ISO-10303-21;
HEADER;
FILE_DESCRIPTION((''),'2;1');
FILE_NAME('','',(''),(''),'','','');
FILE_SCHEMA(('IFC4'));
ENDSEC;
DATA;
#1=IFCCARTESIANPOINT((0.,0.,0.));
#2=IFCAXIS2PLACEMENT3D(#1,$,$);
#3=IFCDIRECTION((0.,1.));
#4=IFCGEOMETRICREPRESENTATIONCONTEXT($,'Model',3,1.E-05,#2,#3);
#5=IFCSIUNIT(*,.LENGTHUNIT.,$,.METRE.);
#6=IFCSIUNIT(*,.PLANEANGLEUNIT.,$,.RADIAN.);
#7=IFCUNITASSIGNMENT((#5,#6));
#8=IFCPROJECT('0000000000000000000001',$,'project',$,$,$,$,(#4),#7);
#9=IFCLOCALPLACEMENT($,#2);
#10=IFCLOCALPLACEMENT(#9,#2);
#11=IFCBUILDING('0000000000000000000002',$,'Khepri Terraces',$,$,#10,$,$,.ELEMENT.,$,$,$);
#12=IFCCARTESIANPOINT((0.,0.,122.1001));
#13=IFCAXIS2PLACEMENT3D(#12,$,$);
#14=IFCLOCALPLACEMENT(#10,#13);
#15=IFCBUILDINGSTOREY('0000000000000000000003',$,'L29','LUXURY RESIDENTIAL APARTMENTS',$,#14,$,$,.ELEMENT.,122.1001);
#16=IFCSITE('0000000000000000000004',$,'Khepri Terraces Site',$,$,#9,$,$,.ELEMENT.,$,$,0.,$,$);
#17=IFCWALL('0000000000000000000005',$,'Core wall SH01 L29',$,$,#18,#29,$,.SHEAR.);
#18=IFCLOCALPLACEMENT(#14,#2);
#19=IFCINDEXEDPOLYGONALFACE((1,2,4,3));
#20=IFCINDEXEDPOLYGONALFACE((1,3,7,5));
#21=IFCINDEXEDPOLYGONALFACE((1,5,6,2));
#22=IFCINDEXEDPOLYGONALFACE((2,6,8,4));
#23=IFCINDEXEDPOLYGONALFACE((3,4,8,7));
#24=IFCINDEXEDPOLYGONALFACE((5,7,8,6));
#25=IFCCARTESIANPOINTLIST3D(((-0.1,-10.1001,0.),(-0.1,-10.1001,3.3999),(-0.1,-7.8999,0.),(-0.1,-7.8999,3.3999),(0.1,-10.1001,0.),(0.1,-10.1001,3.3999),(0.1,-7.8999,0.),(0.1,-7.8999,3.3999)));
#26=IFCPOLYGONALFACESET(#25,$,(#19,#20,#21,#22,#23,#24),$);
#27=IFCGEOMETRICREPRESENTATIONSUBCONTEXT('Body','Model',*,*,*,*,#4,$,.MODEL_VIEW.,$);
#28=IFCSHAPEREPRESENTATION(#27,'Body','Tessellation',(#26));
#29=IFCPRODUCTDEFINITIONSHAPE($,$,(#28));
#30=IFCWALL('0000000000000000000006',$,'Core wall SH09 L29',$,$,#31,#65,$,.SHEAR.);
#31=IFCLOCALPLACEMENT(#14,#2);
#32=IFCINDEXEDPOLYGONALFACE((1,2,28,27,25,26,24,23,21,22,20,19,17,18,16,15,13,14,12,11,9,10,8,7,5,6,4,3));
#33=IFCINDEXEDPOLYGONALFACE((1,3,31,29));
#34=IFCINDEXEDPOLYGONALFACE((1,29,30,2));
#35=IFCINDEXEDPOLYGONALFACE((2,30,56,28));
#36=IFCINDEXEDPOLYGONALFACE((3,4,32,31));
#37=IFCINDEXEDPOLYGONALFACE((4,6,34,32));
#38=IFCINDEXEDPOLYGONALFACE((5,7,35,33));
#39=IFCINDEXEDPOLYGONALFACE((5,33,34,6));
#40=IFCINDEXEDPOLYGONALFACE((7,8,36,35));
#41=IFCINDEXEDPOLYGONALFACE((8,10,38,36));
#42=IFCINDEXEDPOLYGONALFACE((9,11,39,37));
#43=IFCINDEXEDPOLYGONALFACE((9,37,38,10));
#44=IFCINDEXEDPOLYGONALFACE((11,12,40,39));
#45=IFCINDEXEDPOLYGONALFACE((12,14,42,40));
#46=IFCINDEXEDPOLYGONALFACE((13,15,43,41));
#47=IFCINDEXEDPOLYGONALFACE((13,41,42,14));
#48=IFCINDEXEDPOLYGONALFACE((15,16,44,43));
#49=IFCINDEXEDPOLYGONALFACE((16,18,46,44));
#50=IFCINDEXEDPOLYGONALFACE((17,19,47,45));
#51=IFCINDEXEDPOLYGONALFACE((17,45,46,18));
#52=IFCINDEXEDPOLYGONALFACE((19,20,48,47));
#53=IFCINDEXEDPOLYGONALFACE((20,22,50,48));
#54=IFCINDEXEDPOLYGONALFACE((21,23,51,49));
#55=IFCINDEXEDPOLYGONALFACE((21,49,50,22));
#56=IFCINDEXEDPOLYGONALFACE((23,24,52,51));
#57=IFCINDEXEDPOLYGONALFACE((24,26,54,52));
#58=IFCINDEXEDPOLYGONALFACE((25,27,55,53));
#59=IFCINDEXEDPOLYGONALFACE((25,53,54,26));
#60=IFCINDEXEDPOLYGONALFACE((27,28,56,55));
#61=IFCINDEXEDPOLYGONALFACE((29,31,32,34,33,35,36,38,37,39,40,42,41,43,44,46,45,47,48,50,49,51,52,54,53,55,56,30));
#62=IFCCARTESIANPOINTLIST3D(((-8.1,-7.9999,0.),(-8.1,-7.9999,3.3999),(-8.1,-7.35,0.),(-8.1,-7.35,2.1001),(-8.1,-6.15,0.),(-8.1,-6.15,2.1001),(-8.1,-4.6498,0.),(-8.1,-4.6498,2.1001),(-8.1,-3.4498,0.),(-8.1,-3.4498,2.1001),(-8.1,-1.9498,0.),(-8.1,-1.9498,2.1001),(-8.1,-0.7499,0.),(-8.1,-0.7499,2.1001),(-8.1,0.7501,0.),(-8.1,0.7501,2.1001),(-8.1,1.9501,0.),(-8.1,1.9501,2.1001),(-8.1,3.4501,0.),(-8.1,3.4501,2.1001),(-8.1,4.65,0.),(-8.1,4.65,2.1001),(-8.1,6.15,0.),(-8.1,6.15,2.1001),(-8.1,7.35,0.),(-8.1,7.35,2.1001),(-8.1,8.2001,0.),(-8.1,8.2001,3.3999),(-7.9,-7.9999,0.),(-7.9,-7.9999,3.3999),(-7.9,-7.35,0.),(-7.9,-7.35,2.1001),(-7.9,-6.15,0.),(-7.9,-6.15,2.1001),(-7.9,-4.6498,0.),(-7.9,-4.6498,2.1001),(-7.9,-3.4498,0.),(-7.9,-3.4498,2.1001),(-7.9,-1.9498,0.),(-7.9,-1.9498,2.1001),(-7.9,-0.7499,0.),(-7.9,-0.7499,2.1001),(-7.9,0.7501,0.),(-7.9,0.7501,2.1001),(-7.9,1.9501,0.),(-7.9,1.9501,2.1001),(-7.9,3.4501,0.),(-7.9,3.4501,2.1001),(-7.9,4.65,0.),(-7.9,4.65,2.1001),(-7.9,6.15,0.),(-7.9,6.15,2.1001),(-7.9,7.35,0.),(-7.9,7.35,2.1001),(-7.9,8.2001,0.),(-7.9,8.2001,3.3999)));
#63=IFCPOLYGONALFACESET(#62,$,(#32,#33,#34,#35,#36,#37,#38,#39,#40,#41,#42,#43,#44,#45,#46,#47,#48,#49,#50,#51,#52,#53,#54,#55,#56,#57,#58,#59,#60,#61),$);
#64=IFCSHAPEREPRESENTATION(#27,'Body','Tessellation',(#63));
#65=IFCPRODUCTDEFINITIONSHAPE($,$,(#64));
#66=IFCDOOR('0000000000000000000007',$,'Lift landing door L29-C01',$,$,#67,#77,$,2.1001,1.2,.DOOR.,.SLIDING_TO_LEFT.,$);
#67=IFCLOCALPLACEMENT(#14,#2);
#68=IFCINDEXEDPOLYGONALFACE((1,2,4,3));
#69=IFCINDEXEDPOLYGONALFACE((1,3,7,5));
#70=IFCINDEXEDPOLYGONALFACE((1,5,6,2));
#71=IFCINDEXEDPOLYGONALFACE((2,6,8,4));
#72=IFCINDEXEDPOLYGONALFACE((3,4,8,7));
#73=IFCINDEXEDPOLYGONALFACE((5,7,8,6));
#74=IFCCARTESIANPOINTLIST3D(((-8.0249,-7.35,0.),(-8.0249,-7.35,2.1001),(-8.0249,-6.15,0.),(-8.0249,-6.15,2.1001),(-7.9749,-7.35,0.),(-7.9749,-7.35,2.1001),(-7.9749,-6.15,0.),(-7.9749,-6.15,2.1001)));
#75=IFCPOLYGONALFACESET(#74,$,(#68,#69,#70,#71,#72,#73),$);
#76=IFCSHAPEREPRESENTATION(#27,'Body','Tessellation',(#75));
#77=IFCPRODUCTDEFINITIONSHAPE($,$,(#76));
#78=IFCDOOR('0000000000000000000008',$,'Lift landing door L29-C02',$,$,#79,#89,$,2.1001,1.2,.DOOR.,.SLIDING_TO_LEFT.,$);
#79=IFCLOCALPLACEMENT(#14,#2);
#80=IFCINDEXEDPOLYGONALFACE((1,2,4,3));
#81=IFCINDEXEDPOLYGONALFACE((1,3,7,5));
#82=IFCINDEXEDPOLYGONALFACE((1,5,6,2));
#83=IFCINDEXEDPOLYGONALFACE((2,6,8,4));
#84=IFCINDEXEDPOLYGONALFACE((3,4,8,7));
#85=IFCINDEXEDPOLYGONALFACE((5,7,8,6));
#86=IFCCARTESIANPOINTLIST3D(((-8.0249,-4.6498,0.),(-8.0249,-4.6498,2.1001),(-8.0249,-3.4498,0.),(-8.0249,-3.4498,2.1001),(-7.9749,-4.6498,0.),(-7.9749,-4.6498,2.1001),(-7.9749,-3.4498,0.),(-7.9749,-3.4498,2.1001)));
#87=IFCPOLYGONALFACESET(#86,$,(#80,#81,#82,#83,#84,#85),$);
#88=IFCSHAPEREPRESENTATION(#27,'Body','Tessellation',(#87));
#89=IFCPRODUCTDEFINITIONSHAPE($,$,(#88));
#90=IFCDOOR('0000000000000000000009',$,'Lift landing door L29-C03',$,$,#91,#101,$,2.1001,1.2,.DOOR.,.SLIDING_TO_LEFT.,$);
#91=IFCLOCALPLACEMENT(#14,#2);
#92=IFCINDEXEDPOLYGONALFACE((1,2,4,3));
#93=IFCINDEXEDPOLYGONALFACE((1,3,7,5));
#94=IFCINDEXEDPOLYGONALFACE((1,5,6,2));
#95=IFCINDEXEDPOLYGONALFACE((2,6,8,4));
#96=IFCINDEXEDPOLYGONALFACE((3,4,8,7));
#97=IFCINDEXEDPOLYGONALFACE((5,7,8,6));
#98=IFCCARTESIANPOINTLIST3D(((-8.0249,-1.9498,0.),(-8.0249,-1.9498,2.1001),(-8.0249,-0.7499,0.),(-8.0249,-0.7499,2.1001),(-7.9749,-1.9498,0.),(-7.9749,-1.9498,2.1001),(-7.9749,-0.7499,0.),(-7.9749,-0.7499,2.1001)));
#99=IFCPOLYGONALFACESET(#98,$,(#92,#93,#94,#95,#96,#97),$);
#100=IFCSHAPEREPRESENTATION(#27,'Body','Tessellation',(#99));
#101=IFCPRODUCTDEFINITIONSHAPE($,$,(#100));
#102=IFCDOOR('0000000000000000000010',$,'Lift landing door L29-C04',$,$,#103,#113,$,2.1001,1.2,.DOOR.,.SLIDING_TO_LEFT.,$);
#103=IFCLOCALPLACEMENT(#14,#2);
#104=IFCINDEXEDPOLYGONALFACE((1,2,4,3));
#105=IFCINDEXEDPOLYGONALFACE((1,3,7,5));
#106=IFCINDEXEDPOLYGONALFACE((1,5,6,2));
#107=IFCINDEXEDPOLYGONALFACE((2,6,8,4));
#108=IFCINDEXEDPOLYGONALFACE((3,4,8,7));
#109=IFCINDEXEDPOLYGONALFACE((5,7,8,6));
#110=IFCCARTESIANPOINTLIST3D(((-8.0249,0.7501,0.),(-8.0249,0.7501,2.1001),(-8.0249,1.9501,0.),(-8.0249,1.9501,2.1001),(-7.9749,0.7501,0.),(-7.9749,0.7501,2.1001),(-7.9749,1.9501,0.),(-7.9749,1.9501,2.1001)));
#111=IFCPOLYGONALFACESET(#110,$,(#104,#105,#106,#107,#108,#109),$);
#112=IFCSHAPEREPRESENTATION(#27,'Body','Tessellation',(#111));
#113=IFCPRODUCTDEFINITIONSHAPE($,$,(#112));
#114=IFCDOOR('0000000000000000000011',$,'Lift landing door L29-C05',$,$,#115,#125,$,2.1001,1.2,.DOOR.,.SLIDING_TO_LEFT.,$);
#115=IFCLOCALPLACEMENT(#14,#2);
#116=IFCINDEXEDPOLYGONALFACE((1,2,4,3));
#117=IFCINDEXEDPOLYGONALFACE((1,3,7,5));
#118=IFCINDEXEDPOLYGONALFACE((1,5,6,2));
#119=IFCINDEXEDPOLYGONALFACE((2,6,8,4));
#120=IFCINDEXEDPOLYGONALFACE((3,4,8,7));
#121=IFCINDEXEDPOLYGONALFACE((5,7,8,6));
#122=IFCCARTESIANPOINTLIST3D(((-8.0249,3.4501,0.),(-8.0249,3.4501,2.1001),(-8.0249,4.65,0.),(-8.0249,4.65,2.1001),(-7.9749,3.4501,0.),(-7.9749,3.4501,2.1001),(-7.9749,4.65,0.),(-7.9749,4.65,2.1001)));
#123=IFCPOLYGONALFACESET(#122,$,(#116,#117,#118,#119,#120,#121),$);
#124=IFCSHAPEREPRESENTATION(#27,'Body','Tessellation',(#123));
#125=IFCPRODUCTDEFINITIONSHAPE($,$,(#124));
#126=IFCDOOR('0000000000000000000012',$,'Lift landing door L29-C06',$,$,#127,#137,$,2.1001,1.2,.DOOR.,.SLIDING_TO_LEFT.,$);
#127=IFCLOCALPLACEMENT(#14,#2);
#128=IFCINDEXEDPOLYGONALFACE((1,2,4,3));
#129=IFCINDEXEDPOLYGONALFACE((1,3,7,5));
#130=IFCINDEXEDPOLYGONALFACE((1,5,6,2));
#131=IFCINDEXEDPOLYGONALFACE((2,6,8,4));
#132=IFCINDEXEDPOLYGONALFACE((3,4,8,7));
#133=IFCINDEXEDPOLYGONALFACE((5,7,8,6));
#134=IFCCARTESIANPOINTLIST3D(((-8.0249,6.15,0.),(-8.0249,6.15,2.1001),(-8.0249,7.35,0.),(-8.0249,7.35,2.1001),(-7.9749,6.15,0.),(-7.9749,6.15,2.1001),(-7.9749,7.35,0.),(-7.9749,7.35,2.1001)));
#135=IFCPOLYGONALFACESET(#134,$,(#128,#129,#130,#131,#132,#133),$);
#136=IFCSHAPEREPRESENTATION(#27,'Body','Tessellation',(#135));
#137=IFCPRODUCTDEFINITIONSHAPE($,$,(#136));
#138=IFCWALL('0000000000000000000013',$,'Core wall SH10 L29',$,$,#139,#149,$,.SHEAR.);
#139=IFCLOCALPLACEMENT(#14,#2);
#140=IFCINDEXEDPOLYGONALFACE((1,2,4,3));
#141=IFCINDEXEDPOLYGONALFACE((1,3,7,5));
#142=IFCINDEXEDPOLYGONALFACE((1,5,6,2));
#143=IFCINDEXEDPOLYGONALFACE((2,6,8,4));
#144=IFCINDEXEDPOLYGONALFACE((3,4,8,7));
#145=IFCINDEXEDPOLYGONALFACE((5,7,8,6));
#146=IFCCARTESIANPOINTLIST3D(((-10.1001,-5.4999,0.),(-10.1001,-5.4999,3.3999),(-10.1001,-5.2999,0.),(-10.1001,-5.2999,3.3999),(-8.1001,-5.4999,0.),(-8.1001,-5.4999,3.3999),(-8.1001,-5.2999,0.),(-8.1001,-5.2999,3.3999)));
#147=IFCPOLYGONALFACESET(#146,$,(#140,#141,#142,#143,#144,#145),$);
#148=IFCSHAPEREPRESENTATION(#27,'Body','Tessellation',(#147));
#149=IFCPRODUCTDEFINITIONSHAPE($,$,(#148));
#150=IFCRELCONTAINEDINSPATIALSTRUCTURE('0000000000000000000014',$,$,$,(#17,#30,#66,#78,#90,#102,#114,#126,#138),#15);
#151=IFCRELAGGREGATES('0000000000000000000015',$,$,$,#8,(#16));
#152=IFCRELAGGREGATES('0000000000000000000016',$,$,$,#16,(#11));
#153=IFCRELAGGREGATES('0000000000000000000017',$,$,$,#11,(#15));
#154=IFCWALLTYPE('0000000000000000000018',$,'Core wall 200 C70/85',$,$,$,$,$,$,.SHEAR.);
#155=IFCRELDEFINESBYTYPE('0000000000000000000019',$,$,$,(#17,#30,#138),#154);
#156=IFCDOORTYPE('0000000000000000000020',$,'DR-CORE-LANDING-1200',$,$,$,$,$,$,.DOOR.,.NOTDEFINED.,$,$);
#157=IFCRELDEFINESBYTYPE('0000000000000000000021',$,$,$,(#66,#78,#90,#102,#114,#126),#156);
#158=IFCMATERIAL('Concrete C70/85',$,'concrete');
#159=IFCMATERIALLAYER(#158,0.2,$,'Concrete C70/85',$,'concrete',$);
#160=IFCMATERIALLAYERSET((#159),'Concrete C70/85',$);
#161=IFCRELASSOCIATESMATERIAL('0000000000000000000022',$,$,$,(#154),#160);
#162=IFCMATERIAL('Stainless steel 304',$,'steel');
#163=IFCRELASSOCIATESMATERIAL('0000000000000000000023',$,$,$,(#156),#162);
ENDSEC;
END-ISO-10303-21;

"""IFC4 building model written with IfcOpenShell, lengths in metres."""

from ifc_helpers import new_model, si_unit, direction, frame, frame_2d, origin, place, context, subcontext, project, spatial, rectangle, extrude, material, layer, layer_set, type_object, element, fill, save


model = new_model("IFC4")

# Units and contexts
model_context = context("Model", 3, precision=1e-05, world=origin(), true_north=direction((0.0, 1.0)))
body_context = subcontext(model_context, "Body", "Model", "MODEL_VIEW")
ifc_project = project(units=[si_unit("LENGTHUNIT", "METRE"), si_unit("PLANEANGLEUNIT", "RADIAN")], contexts=[model_context])

# Site, building, storey
site_placement = place(None, origin())
site = spatial("IfcSite", under=ifc_project, at=site_placement, Name="Khepri Terraces Site", CompositionType="ELEMENT", RefElevation=0.0)
building_placement = place(site_placement, origin())
building = spatial("IfcBuilding", under=site, at=building_placement, Name="Khepri Terraces", CompositionType="ELEMENT")
storey_placement = place(building_placement, frame((0.0, 0.0, 122.1001)))
storey = spatial("IfcBuildingStorey", under=building, at=storey_placement, Name="L29", Description="LUXURY RESIDENTIAL APARTMENTS", CompositionType="ELEMENT", Elevation=122.1001)

# Wall
ifc_material_1 = material(Name="Concrete C70/85", Category="concrete")
ifc_layer_1 = layer(ifc_material_1, 0.2, Name="Concrete C70/85", Category="concrete")
ifc_layer_set_1 = layer_set([ifc_layer_1], Name="Concrete C70/85")
wall_type_1 = type_object("IfcWallType", Name="Core wall 200 C70/85", PredefinedType="SHEAR", material=ifc_layer_set_1)
wall_1_placement = place(storey_placement, frame((0.0, -10.1001, 0.0), z_axis=(0.0, 0.0, 1.0), x_axis=(0.0, 1.0, 0.0)))
element("IfcWall", 1, at=wall_1_placement, inside=storey, type_object=wall_type_1, Name="Core wall SH01 L29", PredefinedType="SHEAR", context=body_context, shape_type="SweptSolid", body=[
    extrude(rectangle(XDim=2.2002, YDim=0.2, at=frame_2d((1.1001, 0.0))), origin(), (0.0, 0.0, 1.0), 3.3999),
])

# Wall, openings, doors
wall_2_placement = place(storey_placement, frame((-8.0, -8.0, 0.0), z_axis=(0.0, 0.0, 1.0), x_axis=(0.0, 1.0, 0.0)))
wall_2 = element("IfcWall", 2, at=wall_2_placement, inside=storey, type_object=wall_type_1, Name="Core wall SH09 L29", PredefinedType="SHEAR", context=body_context, shape_type="SweptSolid", body=[
    extrude(rectangle(XDim=16.2, YDim=0.2, at=frame_2d((8.1001, 0.0))), origin(), (0.0, 0.0, 1.0), 3.3999),
])
opening_1_placement = place(wall_2_placement, frame((0.6499, 0.0, 0.0)))
opening_1 = element("IfcOpeningElement", 3, at=opening_1_placement, cuts=wall_2, PredefinedType="OPENING", context=body_context, shape_type="SweptSolid", body=[
    extrude(rectangle(XDim=1.2, YDim=2.1001, at=frame_2d((0.6001, 1.05))), frame((0.0, 0.1099, 0.0), z_axis=(0.0, -1.0, 0.0), x_axis=(1.0, 0.0, 0.0)), (0.0, 0.0, 1.0), 0.22),
])
opening_2_placement = place(wall_2_placement, frame((3.3501, 0.0, 0.0)))
opening_2 = element("IfcOpeningElement", 4, at=opening_2_placement, cuts=wall_2, PredefinedType="OPENING", context=body_context, shape_type="SweptSolid", body=[
    extrude(rectangle(XDim=1.2, YDim=2.1001, at=frame_2d((0.6001, 1.05))), frame((0.0, 0.1099, 0.0), z_axis=(0.0, -1.0, 0.0), x_axis=(1.0, 0.0, 0.0)), (0.0, 0.0, 1.0), 0.22),
])
opening_3_placement = place(wall_2_placement, frame((6.05, 0.0, 0.0)))
opening_3 = element("IfcOpeningElement", 5, at=opening_3_placement, cuts=wall_2, PredefinedType="OPENING", context=body_context, shape_type="SweptSolid", body=[
    extrude(rectangle(XDim=1.2, YDim=2.1001, at=frame_2d((0.6001, 1.05))), frame((0.0, 0.1099, 0.0), z_axis=(0.0, -1.0, 0.0), x_axis=(1.0, 0.0, 0.0)), (0.0, 0.0, 1.0), 0.22),
])
opening_4_placement = place(wall_2_placement, frame((8.75, 0.0, 0.0)))
opening_4 = element("IfcOpeningElement", 6, at=opening_4_placement, cuts=wall_2, PredefinedType="OPENING", context=body_context, shape_type="SweptSolid", body=[
    extrude(rectangle(XDim=1.2, YDim=2.1001, at=frame_2d((0.6001, 1.05))), frame((0.0, 0.1099, 0.0), z_axis=(0.0, -1.0, 0.0), x_axis=(1.0, 0.0, 0.0)), (0.0, 0.0, 1.0), 0.22),
])
opening_5_placement = place(wall_2_placement, frame((11.45, 0.0, 0.0)))
opening_5 = element("IfcOpeningElement", 7, at=opening_5_placement, cuts=wall_2, PredefinedType="OPENING", context=body_context, shape_type="SweptSolid", body=[
    extrude(rectangle(XDim=1.2, YDim=2.1001, at=frame_2d((0.6001, 1.05))), frame((0.0, 0.1099, 0.0), z_axis=(0.0, -1.0, 0.0), x_axis=(1.0, 0.0, 0.0)), (0.0, 0.0, 1.0), 0.22),
])
opening_6_placement = place(wall_2_placement, frame((14.1499, 0.0, 0.0)))
opening_6 = element("IfcOpeningElement", 8, at=opening_6_placement, cuts=wall_2, PredefinedType="OPENING", context=body_context, shape_type="SweptSolid", body=[
    extrude(rectangle(XDim=1.2, YDim=2.1001, at=frame_2d((0.6001, 1.05))), frame((0.0, 0.1099, 0.0), z_axis=(0.0, -1.0, 0.0), x_axis=(1.0, 0.0, 0.0)), (0.0, 0.0, 1.0), 0.22),
])
ifc_material_2 = material(Name="Stainless steel 304", Category="steel")
door_type_1 = type_object("IfcDoorType", Name="DR-CORE-LANDING-1200", OperationType="NOTDEFINED", PredefinedType="DOOR", material=ifc_material_2)
door_1_placement = place(opening_1_placement, origin())
door_1 = element("IfcDoor", 9, at=door_1_placement, inside=storey, type_object=door_type_1, Name="Lift landing door L29-C01", OperationType="SLIDING_TO_LEFT", OverallHeight=2.1001, OverallWidth=1.2, PredefinedType="DOOR", context=body_context, shape_type="SweptSolid", body=[
    extrude(rectangle(XDim=1.2, YDim=2.1001, at=frame_2d((0.6001, 1.05))), frame((0.0, 0.0249, 0.0), z_axis=(0.0, -1.0, 0.0), x_axis=(1.0, 0.0, 0.0)), (0.0, 0.0, 1.0), 0.05),
])
fill(opening_1, door_1)
door_2_placement = place(opening_2_placement, origin())
door_2 = element("IfcDoor", 10, at=door_2_placement, inside=storey, type_object=door_type_1, Name="Lift landing door L29-C02", OperationType="SLIDING_TO_LEFT", OverallHeight=2.1001, OverallWidth=1.2, PredefinedType="DOOR", context=body_context, shape_type="SweptSolid", body=[
    extrude(rectangle(XDim=1.2, YDim=2.1001, at=frame_2d((0.6001, 1.05))), frame((0.0, 0.0249, 0.0), z_axis=(0.0, -1.0, 0.0), x_axis=(1.0, 0.0, 0.0)), (0.0, 0.0, 1.0), 0.05),
])
fill(opening_2, door_2)
door_3_placement = place(opening_3_placement, origin())
door_3 = element("IfcDoor", 11, at=door_3_placement, inside=storey, type_object=door_type_1, Name="Lift landing door L29-C03", OperationType="SLIDING_TO_LEFT", OverallHeight=2.1001, OverallWidth=1.2, PredefinedType="DOOR", context=body_context, shape_type="SweptSolid", body=[
    extrude(rectangle(XDim=1.2, YDim=2.1001, at=frame_2d((0.6001, 1.05))), frame((0.0, 0.0249, 0.0), z_axis=(0.0, -1.0, 0.0), x_axis=(1.0, 0.0, 0.0)), (0.0, 0.0, 1.0), 0.05),
])
fill(opening_3, door_3)
door_4_placement = place(opening_4_placement, origin())
door_4 = element("IfcDoor", 12, at=door_4_placement, inside=storey, type_object=door_type_1, Name="Lift landing door L29-C04", OperationType="SLIDING_TO_LEFT", OverallHeight=2.1001, OverallWidth=1.2, PredefinedType="DOOR", context=body_context, shape_type="SweptSolid", body=[
    extrude(rectangle(XDim=1.2, YDim=2.1001, at=frame_2d((0.6001, 1.05))), frame((0.0, 0.0249, 0.0), z_axis=(0.0, -1.0, 0.0), x_axis=(1.0, 0.0, 0.0)), (0.0, 0.0, 1.0), 0.05),
])
fill(opening_4, door_4)
door_5_placement = place(opening_5_placement, origin())
door_5 = element("IfcDoor", 13, at=door_5_placement, inside=storey, type_object=door_type_1, Name="Lift landing door L29-C05", OperationType="SLIDING_TO_LEFT", OverallHeight=2.1001, OverallWidth=1.2, PredefinedType="DOOR", context=body_context, shape_type="SweptSolid", body=[
    extrude(rectangle(XDim=1.2, YDim=2.1001, at=frame_2d((0.6001, 1.05))), frame((0.0, 0.0249, 0.0), z_axis=(0.0, -1.0, 0.0), x_axis=(1.0, 0.0, 0.0)), (0.0, 0.0, 1.0), 0.05),
])
fill(opening_5, door_5)
door_6_placement = place(opening_6_placement, origin())
door_6 = element("IfcDoor", 14, at=door_6_placement, inside=storey, type_object=door_type_1, Name="Lift landing door L29-C06", OperationType="SLIDING_TO_LEFT", OverallHeight=2.1001, OverallWidth=1.2, PredefinedType="DOOR", context=body_context, shape_type="SweptSolid", body=[
    extrude(rectangle(XDim=1.2, YDim=2.1001, at=frame_2d((0.6001, 1.05))), frame((0.0, 0.0249, 0.0), z_axis=(0.0, -1.0, 0.0), x_axis=(1.0, 0.0, 0.0)), (0.0, 0.0, 1.0), 0.05),
])
fill(opening_6, door_6)

# Wall
wall_3_placement = place(storey_placement, frame((-10.1001, -5.3999, 0.0), z_axis=(0.0, 0.0, 1.0), x_axis=(1.0, 0.0, 0.0)))
element("IfcWall", 15, at=wall_3_placement, inside=storey, type_object=wall_type_1, Name="Core wall SH10 L29", PredefinedType="SHEAR", context=body_context, shape_type="SweptSolid", body=[
    extrude(rectangle(XDim=2.0, YDim=0.2, at=frame_2d((1.0, 0.0))), origin(), (0.0, 0.0, 1.0), 3.3999),
])

save(model, "model.ifc")
